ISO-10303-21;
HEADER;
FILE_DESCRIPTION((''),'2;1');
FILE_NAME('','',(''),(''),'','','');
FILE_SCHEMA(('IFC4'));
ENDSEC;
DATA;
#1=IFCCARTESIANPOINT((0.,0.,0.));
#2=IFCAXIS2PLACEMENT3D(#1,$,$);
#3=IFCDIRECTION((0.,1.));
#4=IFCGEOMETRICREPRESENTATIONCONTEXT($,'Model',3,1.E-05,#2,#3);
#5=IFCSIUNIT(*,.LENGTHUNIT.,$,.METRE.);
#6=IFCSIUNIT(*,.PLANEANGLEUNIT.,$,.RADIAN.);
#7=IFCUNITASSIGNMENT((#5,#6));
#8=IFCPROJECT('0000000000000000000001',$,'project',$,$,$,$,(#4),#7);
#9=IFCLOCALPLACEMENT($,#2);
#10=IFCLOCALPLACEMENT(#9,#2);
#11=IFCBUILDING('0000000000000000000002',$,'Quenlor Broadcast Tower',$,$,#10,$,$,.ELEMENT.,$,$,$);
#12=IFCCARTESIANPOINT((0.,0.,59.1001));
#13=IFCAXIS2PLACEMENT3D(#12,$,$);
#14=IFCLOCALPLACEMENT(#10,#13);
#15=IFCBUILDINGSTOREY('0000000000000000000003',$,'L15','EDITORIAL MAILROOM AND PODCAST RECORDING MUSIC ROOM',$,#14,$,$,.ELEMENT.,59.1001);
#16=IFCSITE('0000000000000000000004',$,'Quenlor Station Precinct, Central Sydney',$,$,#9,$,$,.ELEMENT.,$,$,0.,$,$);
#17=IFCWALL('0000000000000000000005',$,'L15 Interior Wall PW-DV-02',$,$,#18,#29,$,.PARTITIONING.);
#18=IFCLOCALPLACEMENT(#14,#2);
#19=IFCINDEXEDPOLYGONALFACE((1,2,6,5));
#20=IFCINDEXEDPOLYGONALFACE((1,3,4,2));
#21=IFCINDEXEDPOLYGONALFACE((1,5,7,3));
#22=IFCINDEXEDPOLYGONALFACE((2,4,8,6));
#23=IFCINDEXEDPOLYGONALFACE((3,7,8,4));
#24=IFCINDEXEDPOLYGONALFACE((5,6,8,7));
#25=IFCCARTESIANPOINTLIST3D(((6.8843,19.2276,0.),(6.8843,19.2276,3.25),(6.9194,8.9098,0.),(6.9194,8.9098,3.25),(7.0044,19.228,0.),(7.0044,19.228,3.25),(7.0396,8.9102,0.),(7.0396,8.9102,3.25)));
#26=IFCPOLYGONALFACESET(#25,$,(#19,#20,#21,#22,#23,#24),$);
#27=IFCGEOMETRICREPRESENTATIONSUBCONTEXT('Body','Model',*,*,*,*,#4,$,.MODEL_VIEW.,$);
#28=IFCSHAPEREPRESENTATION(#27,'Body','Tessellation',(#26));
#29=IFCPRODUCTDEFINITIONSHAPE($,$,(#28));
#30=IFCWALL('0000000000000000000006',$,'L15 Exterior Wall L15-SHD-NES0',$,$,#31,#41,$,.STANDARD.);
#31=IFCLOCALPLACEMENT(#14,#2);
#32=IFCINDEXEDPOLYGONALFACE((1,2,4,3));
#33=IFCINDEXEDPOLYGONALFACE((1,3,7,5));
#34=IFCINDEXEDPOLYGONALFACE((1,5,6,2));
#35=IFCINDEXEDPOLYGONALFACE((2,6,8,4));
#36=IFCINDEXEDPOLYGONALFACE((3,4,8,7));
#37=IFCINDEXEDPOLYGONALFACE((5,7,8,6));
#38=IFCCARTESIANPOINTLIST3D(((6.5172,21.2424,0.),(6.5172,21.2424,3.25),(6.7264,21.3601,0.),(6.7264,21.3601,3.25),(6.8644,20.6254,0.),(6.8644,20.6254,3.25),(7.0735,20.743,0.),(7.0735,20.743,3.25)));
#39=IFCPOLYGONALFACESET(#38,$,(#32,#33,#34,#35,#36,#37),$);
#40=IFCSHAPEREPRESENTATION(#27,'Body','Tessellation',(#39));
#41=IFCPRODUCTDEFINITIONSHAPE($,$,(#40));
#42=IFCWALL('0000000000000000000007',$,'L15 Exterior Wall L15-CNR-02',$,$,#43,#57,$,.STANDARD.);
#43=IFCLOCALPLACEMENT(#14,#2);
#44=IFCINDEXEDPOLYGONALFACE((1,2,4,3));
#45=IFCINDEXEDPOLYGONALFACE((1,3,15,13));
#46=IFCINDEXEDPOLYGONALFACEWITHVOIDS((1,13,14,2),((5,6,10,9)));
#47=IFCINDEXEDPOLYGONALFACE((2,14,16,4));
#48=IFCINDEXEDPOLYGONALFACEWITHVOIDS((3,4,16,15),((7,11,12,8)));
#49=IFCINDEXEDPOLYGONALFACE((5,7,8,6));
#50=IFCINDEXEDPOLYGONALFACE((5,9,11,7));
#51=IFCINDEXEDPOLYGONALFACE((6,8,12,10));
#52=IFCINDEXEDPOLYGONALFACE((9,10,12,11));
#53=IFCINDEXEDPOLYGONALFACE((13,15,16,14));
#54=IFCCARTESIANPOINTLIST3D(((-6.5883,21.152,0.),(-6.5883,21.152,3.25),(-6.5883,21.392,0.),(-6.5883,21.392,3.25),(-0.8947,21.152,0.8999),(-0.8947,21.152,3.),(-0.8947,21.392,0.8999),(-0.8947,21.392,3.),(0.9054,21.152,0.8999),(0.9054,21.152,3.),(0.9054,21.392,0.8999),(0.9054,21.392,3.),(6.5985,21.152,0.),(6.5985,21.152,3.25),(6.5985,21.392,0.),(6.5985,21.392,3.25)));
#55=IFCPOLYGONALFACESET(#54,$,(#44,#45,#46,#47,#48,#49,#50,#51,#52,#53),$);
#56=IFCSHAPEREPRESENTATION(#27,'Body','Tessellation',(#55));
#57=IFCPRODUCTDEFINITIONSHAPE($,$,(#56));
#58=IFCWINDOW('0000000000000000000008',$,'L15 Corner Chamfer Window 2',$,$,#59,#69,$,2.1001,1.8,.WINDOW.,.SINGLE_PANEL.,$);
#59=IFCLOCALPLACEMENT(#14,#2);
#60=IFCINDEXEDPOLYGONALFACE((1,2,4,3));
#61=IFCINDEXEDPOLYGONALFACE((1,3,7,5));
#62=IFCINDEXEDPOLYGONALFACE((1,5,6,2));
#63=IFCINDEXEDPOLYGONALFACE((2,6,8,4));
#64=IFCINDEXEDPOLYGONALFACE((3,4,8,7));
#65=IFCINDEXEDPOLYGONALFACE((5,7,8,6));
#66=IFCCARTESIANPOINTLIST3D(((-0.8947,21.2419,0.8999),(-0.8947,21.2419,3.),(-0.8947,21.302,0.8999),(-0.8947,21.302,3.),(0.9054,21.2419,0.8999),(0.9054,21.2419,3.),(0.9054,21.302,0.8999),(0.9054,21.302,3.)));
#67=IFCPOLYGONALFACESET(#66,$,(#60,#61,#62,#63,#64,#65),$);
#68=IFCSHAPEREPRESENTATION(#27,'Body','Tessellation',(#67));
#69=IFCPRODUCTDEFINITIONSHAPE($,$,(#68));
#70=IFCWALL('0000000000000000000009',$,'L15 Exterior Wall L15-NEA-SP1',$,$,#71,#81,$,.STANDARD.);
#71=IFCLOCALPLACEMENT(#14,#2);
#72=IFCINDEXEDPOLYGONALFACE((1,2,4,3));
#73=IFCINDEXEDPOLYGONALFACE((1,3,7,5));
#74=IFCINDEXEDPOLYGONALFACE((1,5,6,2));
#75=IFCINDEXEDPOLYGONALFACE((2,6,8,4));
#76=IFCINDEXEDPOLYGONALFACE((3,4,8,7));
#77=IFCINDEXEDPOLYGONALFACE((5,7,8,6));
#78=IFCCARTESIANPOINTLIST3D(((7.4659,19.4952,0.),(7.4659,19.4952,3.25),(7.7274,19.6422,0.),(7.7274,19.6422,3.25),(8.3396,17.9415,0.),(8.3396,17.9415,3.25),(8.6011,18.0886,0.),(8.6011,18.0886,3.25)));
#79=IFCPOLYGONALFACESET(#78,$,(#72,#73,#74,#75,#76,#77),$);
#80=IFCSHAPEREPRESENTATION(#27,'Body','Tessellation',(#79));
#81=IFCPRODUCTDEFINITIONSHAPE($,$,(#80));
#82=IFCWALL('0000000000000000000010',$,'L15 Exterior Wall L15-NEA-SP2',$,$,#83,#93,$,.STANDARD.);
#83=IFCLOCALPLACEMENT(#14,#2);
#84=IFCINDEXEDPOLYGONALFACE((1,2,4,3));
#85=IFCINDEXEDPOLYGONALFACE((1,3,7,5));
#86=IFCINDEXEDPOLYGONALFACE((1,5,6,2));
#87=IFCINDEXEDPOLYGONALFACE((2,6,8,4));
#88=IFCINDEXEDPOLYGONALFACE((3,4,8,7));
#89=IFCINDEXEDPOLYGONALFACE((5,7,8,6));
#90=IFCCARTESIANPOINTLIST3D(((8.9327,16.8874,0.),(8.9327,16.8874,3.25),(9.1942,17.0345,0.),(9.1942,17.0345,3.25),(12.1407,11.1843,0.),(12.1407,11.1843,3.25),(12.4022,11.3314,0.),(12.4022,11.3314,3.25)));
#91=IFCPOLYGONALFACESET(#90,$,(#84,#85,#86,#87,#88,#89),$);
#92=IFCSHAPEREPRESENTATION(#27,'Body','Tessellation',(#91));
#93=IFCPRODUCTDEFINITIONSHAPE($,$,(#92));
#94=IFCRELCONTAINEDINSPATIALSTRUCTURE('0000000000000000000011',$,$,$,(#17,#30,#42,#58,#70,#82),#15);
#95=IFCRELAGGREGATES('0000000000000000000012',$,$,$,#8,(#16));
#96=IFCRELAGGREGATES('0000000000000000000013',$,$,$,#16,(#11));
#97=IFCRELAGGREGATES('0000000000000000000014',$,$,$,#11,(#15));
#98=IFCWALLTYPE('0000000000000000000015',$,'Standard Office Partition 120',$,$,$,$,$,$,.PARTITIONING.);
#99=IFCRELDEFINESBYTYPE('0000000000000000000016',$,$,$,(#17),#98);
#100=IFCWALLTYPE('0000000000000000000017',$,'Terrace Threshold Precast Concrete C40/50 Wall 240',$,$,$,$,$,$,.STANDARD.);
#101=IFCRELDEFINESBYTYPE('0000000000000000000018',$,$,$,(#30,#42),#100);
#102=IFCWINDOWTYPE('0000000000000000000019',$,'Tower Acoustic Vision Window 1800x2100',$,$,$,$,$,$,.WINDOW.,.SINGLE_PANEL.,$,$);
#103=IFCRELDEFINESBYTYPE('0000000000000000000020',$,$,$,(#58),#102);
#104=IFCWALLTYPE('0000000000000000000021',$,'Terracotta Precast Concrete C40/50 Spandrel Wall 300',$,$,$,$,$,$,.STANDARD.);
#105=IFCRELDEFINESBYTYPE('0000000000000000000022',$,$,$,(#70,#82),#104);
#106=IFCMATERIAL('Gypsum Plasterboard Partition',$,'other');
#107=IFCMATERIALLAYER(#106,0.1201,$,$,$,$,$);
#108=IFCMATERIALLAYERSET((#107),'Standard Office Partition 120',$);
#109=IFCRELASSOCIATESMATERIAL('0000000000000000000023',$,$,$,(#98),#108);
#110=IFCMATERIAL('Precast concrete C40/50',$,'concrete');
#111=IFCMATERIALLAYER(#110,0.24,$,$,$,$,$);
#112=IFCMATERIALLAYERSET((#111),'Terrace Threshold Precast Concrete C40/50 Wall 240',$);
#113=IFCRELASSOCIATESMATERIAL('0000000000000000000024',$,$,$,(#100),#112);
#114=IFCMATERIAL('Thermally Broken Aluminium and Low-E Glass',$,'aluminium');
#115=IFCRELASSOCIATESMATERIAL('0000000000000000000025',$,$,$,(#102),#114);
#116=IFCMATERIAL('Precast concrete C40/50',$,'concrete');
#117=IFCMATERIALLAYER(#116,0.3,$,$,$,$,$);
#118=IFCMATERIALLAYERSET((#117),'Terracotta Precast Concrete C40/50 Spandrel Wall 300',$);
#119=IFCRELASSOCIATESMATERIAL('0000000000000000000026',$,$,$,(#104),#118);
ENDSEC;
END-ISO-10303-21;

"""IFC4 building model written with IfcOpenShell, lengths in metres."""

from ifc_helpers import new_model, si_unit, direction, frame, frame_2d, origin, place, context, subcontext, project, spatial, rectangle, extrude, material, layer, layer_set, type_object, element, fill, save


model = new_model("IFC4")

# Units and contexts
model_context = context("Model", 3, precision=1e-05, world=origin(), true_north=direction((0.0, 1.0)))
body_context = subcontext(model_context, "Body", "Model", "MODEL_VIEW")
ifc_project = project(units=[si_unit("LENGTHUNIT", "METRE"), si_unit("PLANEANGLEUNIT", "RADIAN")], contexts=[model_context])

# Site, building, storey
site_placement = place(None, origin())
site = spatial("IfcSite", under=ifc_project, at=site_placement, Name="Quenlor Station Precinct, Central Sydney", CompositionType="ELEMENT", RefElevation=0.0)
building_placement = place(site_placement, origin())
building = spatial("IfcBuilding", under=site, at=building_placement, Name="Quenlor Broadcast Tower", CompositionType="ELEMENT")
storey_placement = place(building_placement, frame((0.0, 0.0, 59.1001)))
storey = spatial("IfcBuildingStorey", under=building, at=storey_placement, Name="L15", Description="EDITORIAL MAILROOM AND PODCAST RECORDING MUSIC ROOM", CompositionType="ELEMENT", Elevation=59.1001)

# Walls
ifc_material_1 = material(Name="Gypsum Plasterboard Partition", Category="other")
ifc_layer_1 = layer(ifc_material_1, 0.1201)
ifc_layer_set_1 = layer_set([ifc_layer_1], Name="Standard Office Partition 120")
wall_type_1 = type_object("IfcWallType", Name="Standard Office Partition 120", PredefinedType="PARTITIONING", material=ifc_layer_set_1)
wall_1_placement = place(storey_placement, frame((6.9443, 19.2278, 0.0), z_axis=(0.0, 0.0, 1.0), x_axis=(0.003407, -0.999994, 0.0)))
element("IfcWall", 1, at=wall_1_placement, inside=storey, type_object=wall_type_1, Name="L15 Interior Wall PW-DV-02", PredefinedType="PARTITIONING", context=body_context, shape_type="SweptSolid", body=[
    extrude(rectangle(XDim=10.3179, YDim=0.1201, at=frame_2d((5.1589, 0.0))), origin(), (0.0, 0.0, 1.0), 3.25),
])
ifc_material_2 = material(Name="Precast concrete C40/50", Category="concrete")
ifc_layer_2 = layer(ifc_material_2, 0.24)
ifc_layer_set_2 = layer_set([ifc_layer_2], Name="Terrace Threshold Precast Concrete C40/50 Wall 240")
wall_type_2 = type_object("IfcWallType", Name="Terrace Threshold Precast Concrete C40/50 Wall 240", PredefinedType="STANDARD", material=ifc_layer_set_2)
wall_2_placement = place(storey_placement, frame((6.6218, 21.3013, 0.0), z_axis=(0.0, 0.0, 1.0), x_axis=(0.490261, -0.871576, 0.0)))
element("IfcWall", 2, at=wall_2_placement, inside=storey, type_object=wall_type_2, Name="L15 Exterior Wall L15-SHD-NES0", PredefinedType="STANDARD", context=body_context, shape_type="SweptSolid", body=[
    extrude(rectangle(XDim=0.708, YDim=0.24, at=frame_2d((0.354, 0.0))), origin(), (0.0, 0.0, 1.0), 3.25),
])

# Wall, opening, window
wall_3_placement = place(storey_placement, frame((6.5984, 21.272, 0.0), z_axis=(0.0, 0.0, 1.0), x_axis=(-1.0, 0.0, 0.0)))
wall_3 = element("IfcWall", 3, at=wall_3_placement, inside=storey, type_object=wall_type_2, Name="L15 Exterior Wall L15-CNR-02", PredefinedType="STANDARD", context=body_context, shape_type="SweptSolid", body=[
    extrude(rectangle(XDim=13.1868, YDim=0.24, at=frame_2d((6.5933, 0.0))), origin(), (0.0, 0.0, 1.0), 3.25),
])
opening_placement = place(wall_3_placement, frame((5.6931, 0.0, 0.8999)))
opening = element("IfcOpeningElement", 4, at=opening_placement, cuts=wall_3, PredefinedType="OPENING", context=body_context, shape_type="SweptSolid", body=[
    extrude(rectangle(XDim=1.8, YDim=2.1001, at=frame_2d((0.8999, 1.05))), frame((0.0, 0.1299, 0.0), z_axis=(0.0, -1.0, 0.0), x_axis=(1.0, 0.0, 0.0)), (0.0, 0.0, 1.0), 0.26),
])
ifc_material_3 = material(Name="Thermally Broken Aluminium and Low-E Glass", Category="aluminium")
window_type = type_object("IfcWindowType", Name="Tower Acoustic Vision Window 1800x2100", PartitioningType="SINGLE_PANEL", PredefinedType="WINDOW", material=ifc_material_3)
window_placement = place(opening_placement, origin())
window = element("IfcWindow", 5, at=window_placement, inside=storey, type_object=window_type, Name="L15 Corner Chamfer Window 2", OverallHeight=2.1001, OverallWidth=1.8, PartitioningType="SINGLE_PANEL", PredefinedType="WINDOW", context=body_context, shape_type="SweptSolid", body=[
    extrude(rectangle(XDim=1.8, YDim=2.1001, at=frame_2d((0.8999, 1.05))), frame((0.0, 0.03, 0.0), z_axis=(0.0, -1.0, 0.0), x_axis=(1.0, 0.0, 0.0)), (0.0, 0.0, 1.0), 0.0601),
])
fill(opening, window)

# Walls
ifc_material_4 = material(Name="Precast concrete C40/50", Category="concrete")
ifc_layer_3 = layer(ifc_material_4, 0.3)
ifc_layer_set_3 = layer_set([ifc_layer_3], Name="Terracotta Precast Concrete C40/50 Spandrel Wall 300")
wall_type_3 = type_object("IfcWallType", Name="Terracotta Precast Concrete C40/50 Spandrel Wall 300", PredefinedType="STANDARD", material=ifc_layer_set_3)
wall_4_placement = place(storey_placement, frame((7.5967, 19.5686, 0.0), z_axis=(0.0, 0.0, 1.0), x_axis=(0.490183, -0.871619, 0.0)))
element("IfcWall", 6, at=wall_4_placement, inside=storey, type_object=wall_type_3, Name="L15 Exterior Wall L15-NEA-SP1", PredefinedType="STANDARD", context=body_context, shape_type="SweptSolid", body=[
    extrude(rectangle(XDim=1.7825, YDim=0.3, at=frame_2d((0.8911, 0.0))), origin(), (0.0, 0.0, 1.0), 3.25),
])
wall_5_placement = place(storey_placement, frame((9.0635, 16.9609, 0.0), z_axis=(0.0, 0.0, 1.0), x_axis=(0.490261, -0.871576, 0.0)))
element("IfcWall", 7, at=wall_5_placement, inside=storey, type_object=wall_type_3, Name="L15 Exterior Wall L15-NEA-SP2", PredefinedType="STANDARD", context=body_context, shape_type="SweptSolid", body=[
    extrude(rectangle(XDim=6.5435, YDim=0.3, at=frame_2d((3.2717, 0.0))), origin(), (0.0, 0.0, 1.0), 3.25),
])

save(model, "model.ifc")
